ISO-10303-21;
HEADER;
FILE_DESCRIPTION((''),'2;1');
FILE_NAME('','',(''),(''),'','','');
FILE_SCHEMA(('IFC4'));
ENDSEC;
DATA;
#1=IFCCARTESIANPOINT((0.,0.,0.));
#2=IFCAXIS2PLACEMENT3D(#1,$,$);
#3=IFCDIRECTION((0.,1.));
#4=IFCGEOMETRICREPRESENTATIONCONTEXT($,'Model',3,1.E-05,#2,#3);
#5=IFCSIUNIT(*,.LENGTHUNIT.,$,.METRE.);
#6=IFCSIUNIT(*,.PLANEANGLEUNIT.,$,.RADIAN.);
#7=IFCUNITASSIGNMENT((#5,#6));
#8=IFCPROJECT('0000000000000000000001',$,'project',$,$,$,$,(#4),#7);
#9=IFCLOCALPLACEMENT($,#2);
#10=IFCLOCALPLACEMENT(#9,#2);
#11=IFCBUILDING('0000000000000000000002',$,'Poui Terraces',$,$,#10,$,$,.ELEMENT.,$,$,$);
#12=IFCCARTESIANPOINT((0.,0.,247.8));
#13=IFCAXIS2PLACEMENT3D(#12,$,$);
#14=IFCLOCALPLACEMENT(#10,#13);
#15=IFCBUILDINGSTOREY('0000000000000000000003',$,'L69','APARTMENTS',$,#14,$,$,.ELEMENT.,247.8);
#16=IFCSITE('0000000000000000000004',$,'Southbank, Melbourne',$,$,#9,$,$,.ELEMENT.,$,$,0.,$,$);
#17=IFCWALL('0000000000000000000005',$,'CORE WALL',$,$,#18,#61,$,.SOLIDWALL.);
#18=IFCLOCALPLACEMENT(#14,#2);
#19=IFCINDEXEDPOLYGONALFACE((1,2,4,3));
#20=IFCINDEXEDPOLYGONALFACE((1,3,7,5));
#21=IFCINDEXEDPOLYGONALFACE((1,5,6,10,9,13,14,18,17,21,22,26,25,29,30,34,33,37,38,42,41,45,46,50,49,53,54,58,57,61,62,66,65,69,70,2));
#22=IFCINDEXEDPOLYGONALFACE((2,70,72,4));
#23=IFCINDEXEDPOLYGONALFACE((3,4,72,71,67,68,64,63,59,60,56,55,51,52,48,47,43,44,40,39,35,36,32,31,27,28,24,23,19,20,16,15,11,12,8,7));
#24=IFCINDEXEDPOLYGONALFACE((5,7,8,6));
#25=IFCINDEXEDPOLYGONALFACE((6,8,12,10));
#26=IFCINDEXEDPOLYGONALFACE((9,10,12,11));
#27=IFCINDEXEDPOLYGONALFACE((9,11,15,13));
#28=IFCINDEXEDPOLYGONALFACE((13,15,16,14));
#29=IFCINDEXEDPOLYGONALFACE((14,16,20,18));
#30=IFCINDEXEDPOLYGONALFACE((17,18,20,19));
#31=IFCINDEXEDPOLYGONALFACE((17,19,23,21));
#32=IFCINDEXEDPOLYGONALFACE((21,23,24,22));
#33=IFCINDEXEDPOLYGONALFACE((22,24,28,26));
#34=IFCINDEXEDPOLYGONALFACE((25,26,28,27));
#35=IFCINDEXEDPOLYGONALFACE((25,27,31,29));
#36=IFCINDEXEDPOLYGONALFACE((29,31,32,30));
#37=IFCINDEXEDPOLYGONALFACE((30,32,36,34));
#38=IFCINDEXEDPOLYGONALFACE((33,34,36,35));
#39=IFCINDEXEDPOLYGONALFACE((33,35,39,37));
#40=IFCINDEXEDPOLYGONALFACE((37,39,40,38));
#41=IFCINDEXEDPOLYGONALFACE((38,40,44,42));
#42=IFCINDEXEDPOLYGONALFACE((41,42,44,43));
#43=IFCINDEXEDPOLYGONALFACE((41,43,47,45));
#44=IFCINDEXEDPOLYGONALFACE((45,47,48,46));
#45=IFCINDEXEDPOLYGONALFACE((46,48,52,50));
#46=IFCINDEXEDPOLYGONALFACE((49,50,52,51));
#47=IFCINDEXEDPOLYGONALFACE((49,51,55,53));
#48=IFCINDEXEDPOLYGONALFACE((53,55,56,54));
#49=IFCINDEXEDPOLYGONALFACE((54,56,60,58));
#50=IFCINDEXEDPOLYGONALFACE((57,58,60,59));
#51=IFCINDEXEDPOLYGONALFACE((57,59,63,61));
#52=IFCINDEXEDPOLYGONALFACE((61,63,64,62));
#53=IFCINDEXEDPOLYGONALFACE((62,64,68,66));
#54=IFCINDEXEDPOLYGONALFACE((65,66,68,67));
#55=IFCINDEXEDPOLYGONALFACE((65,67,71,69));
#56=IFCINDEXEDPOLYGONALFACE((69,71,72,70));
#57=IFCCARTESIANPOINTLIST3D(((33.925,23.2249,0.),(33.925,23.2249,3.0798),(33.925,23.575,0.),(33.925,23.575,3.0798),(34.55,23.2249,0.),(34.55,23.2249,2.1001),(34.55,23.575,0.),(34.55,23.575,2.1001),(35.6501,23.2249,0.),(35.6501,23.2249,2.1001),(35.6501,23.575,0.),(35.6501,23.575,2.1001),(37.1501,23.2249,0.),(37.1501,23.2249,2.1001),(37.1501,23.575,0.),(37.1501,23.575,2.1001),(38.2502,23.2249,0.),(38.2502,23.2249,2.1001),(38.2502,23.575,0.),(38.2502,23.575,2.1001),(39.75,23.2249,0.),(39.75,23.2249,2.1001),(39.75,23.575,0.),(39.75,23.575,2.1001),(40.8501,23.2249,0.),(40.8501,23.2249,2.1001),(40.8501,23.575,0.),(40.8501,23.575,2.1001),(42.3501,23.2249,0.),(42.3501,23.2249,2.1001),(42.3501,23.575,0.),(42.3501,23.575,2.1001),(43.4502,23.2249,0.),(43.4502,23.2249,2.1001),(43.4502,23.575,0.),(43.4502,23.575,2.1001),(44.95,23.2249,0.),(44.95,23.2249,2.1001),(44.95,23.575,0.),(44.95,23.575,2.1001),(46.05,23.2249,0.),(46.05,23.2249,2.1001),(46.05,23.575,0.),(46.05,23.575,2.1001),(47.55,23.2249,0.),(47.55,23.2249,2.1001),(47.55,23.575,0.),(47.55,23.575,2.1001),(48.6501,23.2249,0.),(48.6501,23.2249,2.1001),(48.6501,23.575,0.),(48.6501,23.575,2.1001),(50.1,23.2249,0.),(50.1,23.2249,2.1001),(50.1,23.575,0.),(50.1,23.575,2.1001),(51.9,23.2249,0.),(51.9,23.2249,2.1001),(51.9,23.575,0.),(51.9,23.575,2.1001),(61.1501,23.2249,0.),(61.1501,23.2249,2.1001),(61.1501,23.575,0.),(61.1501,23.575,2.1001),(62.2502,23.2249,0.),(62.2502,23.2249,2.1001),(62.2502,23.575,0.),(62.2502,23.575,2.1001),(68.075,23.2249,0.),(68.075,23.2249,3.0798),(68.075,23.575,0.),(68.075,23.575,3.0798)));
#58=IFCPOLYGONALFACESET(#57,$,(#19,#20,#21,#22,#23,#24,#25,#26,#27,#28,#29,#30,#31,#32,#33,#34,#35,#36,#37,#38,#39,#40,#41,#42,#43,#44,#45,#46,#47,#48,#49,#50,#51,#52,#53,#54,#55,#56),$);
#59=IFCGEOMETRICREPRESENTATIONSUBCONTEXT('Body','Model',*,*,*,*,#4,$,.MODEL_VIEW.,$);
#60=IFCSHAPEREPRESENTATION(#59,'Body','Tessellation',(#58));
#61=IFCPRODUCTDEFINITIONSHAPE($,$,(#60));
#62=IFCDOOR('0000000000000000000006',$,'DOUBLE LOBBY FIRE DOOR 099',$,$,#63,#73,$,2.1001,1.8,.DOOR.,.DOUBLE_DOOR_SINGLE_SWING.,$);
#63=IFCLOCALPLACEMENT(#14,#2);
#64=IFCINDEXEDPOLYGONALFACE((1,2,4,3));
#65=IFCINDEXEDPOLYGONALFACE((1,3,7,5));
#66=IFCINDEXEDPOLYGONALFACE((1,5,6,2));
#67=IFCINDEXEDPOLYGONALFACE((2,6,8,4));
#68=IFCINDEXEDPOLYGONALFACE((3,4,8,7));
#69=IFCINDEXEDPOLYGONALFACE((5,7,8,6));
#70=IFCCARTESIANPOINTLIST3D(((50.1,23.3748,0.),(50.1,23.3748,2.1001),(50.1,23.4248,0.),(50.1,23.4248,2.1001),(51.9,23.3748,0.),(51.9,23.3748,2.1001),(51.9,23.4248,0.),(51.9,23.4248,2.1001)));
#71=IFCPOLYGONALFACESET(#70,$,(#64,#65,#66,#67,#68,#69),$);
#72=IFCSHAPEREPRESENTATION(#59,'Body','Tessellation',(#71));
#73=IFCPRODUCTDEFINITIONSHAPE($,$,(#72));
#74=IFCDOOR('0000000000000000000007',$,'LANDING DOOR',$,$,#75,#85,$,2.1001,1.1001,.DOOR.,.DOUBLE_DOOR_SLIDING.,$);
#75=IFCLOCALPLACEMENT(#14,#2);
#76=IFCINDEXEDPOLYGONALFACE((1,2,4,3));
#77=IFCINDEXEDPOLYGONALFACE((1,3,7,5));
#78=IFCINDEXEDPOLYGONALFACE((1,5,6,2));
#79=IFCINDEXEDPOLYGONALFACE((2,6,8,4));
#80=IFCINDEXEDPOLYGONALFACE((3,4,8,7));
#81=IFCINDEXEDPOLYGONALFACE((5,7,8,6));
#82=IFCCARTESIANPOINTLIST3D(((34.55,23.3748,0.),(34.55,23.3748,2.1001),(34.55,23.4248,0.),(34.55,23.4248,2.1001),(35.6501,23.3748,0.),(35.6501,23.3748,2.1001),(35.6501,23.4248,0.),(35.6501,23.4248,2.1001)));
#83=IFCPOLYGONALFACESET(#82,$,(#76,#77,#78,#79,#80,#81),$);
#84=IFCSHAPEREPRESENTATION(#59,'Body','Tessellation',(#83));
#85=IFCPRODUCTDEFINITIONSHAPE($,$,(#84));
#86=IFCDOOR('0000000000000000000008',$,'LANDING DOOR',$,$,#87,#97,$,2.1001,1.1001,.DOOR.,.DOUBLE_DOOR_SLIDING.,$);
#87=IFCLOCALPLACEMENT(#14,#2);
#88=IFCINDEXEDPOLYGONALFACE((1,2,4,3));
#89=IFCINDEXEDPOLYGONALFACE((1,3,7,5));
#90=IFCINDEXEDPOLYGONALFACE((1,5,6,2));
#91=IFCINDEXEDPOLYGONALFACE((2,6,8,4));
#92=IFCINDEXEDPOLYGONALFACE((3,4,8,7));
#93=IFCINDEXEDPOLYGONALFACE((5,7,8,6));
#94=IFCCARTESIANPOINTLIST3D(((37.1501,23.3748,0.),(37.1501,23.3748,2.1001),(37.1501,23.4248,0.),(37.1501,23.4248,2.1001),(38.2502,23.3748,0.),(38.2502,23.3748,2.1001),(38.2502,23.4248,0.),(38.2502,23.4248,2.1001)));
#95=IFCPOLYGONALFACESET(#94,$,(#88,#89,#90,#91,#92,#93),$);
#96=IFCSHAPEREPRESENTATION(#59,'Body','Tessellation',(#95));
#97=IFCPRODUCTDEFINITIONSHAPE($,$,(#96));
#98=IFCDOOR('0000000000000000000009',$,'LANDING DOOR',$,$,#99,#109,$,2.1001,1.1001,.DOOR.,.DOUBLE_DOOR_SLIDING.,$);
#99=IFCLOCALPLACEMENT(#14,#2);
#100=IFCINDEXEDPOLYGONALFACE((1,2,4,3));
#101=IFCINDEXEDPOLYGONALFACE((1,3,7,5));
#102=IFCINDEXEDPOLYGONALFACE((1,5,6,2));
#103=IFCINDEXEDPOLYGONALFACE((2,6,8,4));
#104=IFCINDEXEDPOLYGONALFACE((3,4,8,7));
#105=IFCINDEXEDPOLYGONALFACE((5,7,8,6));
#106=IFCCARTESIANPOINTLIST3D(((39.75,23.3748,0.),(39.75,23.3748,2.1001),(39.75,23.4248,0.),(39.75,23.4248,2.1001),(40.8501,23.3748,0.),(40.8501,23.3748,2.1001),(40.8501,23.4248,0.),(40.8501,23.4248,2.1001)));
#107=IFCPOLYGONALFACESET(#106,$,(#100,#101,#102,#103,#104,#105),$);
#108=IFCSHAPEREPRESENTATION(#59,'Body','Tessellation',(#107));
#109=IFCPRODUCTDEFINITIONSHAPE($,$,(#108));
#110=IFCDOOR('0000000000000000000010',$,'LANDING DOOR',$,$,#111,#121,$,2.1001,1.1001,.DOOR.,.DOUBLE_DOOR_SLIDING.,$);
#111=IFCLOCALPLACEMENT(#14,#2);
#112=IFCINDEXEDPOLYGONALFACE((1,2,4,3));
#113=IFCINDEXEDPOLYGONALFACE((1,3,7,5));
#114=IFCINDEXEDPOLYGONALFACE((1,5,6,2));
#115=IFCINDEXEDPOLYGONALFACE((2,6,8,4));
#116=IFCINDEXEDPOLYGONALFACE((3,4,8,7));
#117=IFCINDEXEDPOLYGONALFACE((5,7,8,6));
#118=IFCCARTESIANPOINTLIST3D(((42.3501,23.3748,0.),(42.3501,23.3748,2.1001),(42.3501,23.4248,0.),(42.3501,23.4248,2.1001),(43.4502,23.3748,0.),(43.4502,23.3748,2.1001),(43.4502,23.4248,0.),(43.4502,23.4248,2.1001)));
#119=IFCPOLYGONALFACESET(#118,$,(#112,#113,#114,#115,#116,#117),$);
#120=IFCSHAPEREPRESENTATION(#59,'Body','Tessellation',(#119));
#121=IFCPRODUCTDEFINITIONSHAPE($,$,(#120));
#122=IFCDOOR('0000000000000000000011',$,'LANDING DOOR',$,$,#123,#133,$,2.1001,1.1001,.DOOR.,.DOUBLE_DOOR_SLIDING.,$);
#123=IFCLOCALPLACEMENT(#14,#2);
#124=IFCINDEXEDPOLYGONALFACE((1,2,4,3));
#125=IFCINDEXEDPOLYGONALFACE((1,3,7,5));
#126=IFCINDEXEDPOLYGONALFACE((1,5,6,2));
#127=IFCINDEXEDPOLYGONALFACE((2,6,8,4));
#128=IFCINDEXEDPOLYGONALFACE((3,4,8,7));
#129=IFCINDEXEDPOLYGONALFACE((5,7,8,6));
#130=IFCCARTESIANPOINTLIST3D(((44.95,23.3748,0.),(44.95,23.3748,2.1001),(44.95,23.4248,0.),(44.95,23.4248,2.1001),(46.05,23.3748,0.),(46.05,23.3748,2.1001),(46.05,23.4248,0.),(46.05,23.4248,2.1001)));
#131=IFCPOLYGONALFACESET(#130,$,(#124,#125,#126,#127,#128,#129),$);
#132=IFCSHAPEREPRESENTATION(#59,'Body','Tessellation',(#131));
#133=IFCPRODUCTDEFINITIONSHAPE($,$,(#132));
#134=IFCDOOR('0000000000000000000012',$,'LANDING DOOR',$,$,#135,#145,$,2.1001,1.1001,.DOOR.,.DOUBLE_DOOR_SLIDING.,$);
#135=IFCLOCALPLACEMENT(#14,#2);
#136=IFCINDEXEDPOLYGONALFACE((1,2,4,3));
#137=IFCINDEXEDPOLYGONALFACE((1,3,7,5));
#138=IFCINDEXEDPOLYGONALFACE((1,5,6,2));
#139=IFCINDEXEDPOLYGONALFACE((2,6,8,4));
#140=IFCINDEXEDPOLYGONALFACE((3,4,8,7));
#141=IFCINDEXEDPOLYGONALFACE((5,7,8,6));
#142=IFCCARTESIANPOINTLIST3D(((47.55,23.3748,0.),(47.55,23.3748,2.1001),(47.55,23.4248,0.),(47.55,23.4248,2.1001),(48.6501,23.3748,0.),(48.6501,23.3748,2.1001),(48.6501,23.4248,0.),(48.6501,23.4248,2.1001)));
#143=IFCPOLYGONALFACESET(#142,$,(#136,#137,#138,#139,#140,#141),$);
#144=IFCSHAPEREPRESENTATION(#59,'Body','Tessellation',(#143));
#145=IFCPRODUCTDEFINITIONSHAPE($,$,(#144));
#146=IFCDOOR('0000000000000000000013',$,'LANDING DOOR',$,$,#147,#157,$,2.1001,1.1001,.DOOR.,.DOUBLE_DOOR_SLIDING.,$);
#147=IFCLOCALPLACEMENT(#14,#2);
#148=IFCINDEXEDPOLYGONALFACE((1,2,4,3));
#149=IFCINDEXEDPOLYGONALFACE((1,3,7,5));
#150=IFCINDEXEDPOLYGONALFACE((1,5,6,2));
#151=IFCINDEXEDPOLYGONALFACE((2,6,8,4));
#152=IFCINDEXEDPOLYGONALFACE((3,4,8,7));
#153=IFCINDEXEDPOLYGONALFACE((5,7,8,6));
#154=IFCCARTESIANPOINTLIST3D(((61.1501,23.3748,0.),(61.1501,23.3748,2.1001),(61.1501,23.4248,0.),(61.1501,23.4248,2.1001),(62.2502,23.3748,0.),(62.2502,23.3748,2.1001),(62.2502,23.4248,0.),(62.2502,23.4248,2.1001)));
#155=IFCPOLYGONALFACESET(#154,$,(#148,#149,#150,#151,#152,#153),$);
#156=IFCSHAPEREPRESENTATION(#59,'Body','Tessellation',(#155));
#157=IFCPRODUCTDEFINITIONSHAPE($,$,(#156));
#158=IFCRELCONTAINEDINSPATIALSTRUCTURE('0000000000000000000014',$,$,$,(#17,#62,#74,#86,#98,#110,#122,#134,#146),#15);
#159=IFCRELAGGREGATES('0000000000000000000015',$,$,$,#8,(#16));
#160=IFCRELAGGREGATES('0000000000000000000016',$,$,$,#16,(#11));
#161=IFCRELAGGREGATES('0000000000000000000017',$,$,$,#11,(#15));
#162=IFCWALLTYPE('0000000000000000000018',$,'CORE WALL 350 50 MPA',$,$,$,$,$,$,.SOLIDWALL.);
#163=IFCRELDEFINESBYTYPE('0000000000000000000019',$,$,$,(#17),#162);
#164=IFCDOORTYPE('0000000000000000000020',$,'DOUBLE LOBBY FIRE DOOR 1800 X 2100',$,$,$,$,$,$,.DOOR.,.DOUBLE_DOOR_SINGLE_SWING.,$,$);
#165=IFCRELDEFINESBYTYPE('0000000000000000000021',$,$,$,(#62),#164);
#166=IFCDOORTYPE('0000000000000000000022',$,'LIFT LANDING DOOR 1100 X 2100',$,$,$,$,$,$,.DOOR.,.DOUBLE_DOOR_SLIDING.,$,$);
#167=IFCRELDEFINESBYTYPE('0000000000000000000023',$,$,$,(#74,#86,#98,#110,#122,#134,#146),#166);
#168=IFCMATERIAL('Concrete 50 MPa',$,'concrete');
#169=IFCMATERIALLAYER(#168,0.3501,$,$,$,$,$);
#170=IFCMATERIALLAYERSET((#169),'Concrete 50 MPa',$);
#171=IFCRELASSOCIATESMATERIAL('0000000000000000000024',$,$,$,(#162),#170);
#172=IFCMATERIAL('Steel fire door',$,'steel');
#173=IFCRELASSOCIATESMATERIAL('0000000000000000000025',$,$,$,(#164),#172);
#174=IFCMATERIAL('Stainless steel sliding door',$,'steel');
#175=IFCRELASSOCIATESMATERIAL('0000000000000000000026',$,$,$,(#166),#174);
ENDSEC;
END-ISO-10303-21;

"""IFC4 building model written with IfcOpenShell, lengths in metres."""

from ifc_helpers import new_model, si_unit, direction, frame, frame_2d, origin, place, context, subcontext, project, spatial, rectangle, extrude, material, layer, layer_set, type_object, element, fill, save


model = new_model("IFC4")

# Units and contexts
model_context = context("Model", 3, precision=1e-05, world=origin(), true_north=direction((0.0, 1.0)))
body_context = subcontext(model_context, "Body", "Model", "MODEL_VIEW")
ifc_project = project(units=[si_unit("LENGTHUNIT", "METRE"), si_unit("PLANEANGLEUNIT", "RADIAN")], contexts=[model_context])

# Site, building, storey
site_placement = place(None, origin())
site = spatial("IfcSite", under=ifc_project, at=site_placement, Name="Southbank, Melbourne", CompositionType="ELEMENT", RefElevation=0.0)
building_placement = place(site_placement, origin())
building = spatial("IfcBuilding", under=site, at=building_placement, Name="Poui Terraces", CompositionType="ELEMENT")
storey_placement = place(building_placement, frame((0.0, 0.0, 247.8)))
storey = spatial("IfcBuildingStorey", under=building, at=storey_placement, Name="L69", Description="APARTMENTS", CompositionType="ELEMENT", Elevation=247.8)

# Shared definitions
ifc_material_1 = material(Name="Concrete 50 MPa", Category="concrete")

# Wall, openings, doors
ifc_layer_1 = layer(ifc_material_1, 0.3501)
ifc_layer_set_1 = layer_set([ifc_layer_1], Name="Concrete 50 MPa")
wall_type_1 = type_object("IfcWallType", Name="CORE WALL 350 50 MPA", PredefinedType="SOLIDWALL", material=ifc_layer_set_1)
wall_1_placement = place(storey_placement, frame((33.925, 23.3999, 0.0), z_axis=(0.0, 0.0, 1.0), x_axis=(1.0, 0.0, 0.0)))
wall_1 = element("IfcWall", 1, at=wall_1_placement, inside=storey, type_object=wall_type_1, Name="CORE WALL", PredefinedType="SOLIDWALL", context=body_context, shape_type="SweptSolid", body=[
    extrude(rectangle(XDim=34.1499, YDim=0.3501, at=frame_2d((17.075, 0.0))), origin(), (0.0, 0.0, 1.0), 3.0798),
])
opening_1_placement = place(wall_1_placement, frame((16.175, 0.0, 0.0)))
opening_1 = element("IfcOpeningElement", 2, at=opening_1_placement, cuts=wall_1, PredefinedType="OPENING", context=body_context, shape_type="SweptSolid", body=[
    extrude(rectangle(XDim=1.8, YDim=2.1001, at=frame_2d((0.8999, 1.05))), frame((0.0, 0.1851, 0.0), z_axis=(0.0, -1.0, 0.0), x_axis=(1.0, 0.0, 0.0)), (0.0, 0.0, 1.0), 0.3701),
])
opening_2_placement = place(wall_1_placement, frame((0.625, 0.0, 0.0)))
opening_2 = element("IfcOpeningElement", 3, at=opening_2_placement, cuts=wall_1, PredefinedType="OPENING", context=body_context, shape_type="SweptSolid", body=[
    extrude(rectangle(XDim=1.1001, YDim=2.1001, at=frame_2d((0.55, 1.05))), frame((0.0, 0.1851, 0.0), z_axis=(0.0, -1.0, 0.0), x_axis=(1.0, 0.0, 0.0)), (0.0, 0.0, 1.0), 0.3701),
])
opening_3_placement = place(wall_1_placement, frame((3.2251, 0.0, 0.0)))
opening_3 = element("IfcOpeningElement", 4, at=opening_3_placement, cuts=wall_1, PredefinedType="OPENING", context=body_context, shape_type="SweptSolid", body=[
    extrude(rectangle(XDim=1.1001, YDim=2.1001, at=frame_2d((0.55, 1.05))), frame((0.0, 0.1851, 0.0), z_axis=(0.0, -1.0, 0.0), x_axis=(1.0, 0.0, 0.0)), (0.0, 0.0, 1.0), 0.3701),
])
opening_4_placement = place(wall_1_placement, frame((5.825, 0.0, 0.0)))
opening_4 = element("IfcOpeningElement", 5, at=opening_4_placement, cuts=wall_1, PredefinedType="OPENING", context=body_context, shape_type="SweptSolid", body=[
    extrude(rectangle(XDim=1.1001, YDim=2.1001, at=frame_2d((0.55, 1.05))), frame((0.0, 0.1851, 0.0), z_axis=(0.0, -1.0, 0.0), x_axis=(1.0, 0.0, 0.0)), (0.0, 0.0, 1.0), 0.3701),
])
opening_5_placement = place(wall_1_placement, frame((8.425, 0.0, 0.0)))
opening_5 = element("IfcOpeningElement", 6, at=opening_5_placement, cuts=wall_1, PredefinedType="OPENING", context=body_context, shape_type="SweptSolid", body=[
    extrude(rectangle(XDim=1.1001, YDim=2.1001, at=frame_2d((0.55, 1.05))), frame((0.0, 0.1851, 0.0), z_axis=(0.0, -1.0, 0.0), x_axis=(1.0, 0.0, 0.0)), (0.0, 0.0, 1.0), 0.3701),
])
opening_6_placement = place(wall_1_placement, frame((11.0249, 0.0, 0.0)))
opening_6 = element("IfcOpeningElement", 7, at=opening_6_placement, cuts=wall_1, PredefinedType="OPENING", context=body_context, shape_type="SweptSolid", body=[
    extrude(rectangle(XDim=1.1001, YDim=2.1001, at=frame_2d((0.55, 1.05))), frame((0.0, 0.1851, 0.0), z_axis=(0.0, -1.0, 0.0), x_axis=(1.0, 0.0, 0.0)), (0.0, 0.0, 1.0), 0.3701),
])
opening_7_placement = place(wall_1_placement, frame((13.625, 0.0, 0.0)))
opening_7 = element("IfcOpeningElement", 8, at=opening_7_placement, cuts=wall_1, PredefinedType="OPENING", context=body_context, shape_type="SweptSolid", body=[
    extrude(rectangle(XDim=1.1001, YDim=2.1001, at=frame_2d((0.55, 1.05))), frame((0.0, 0.1851, 0.0), z_axis=(0.0, -1.0, 0.0), x_axis=(1.0, 0.0, 0.0)), (0.0, 0.0, 1.0), 0.3701),
])
opening_8_placement = place(wall_1_placement, frame((27.2251, 0.0, 0.0)))
opening_8 = element("IfcOpeningElement", 9, at=opening_8_placement, cuts=wall_1, PredefinedType="OPENING", context=body_context, shape_type="SweptSolid", body=[
    extrude(rectangle(XDim=1.1001, YDim=2.1001, at=frame_2d((0.55, 1.05))), frame((0.0, 0.1851, 0.0), z_axis=(0.0, -1.0, 0.0), x_axis=(1.0, 0.0, 0.0)), (0.0, 0.0, 1.0), 0.3701),
])
ifc_material_2 = material(Name="Steel fire door", Category="steel")
door_type_1 = type_object("IfcDoorType", Name="DOUBLE LOBBY FIRE DOOR 1800 X 2100", OperationType="DOUBLE_DOOR_SINGLE_SWING", PredefinedType="DOOR", material=ifc_material_2)
door_1_placement = place(opening_1_placement, origin())
door_1 = element("IfcDoor", 10, at=door_1_placement, inside=storey, type_object=door_type_1, Name="DOUBLE LOBBY FIRE DOOR 099", OperationType="DOUBLE_DOOR_SINGLE_SWING", OverallHeight=2.1001, OverallWidth=1.8, PredefinedType="DOOR", context=body_context, shape_type="SweptSolid", body=[
    extrude(rectangle(XDim=1.8, YDim=2.1001, at=frame_2d((0.8999, 1.05))), frame((0.0, 0.0249, 0.0), z_axis=(0.0, -1.0, 0.0), x_axis=(1.0, 0.0, 0.0)), (0.0, 0.0, 1.0), 0.05),
])
fill(opening_1, door_1)
ifc_material_3 = material(Name="Stainless steel sliding door", Category="steel")
door_type_2 = type_object("IfcDoorType", Name="LIFT LANDING DOOR 1100 X 2100", OperationType="DOUBLE_DOOR_SLIDING", PredefinedType="DOOR", material=ifc_material_3)
door_2_placement = place(opening_2_placement, origin())
door_2 = element("IfcDoor", 11, at=door_2_placement, inside=storey, type_object=door_type_2, Name="LANDING DOOR", OperationType="DOUBLE_DOOR_SLIDING", OverallHeight=2.1001, OverallWidth=1.1001, PredefinedType="DOOR", context=body_context, shape_type="SweptSolid", body=[
    extrude(rectangle(XDim=1.1001, YDim=2.1001, at=frame_2d((0.55, 1.05))), frame((0.0, 0.0249, 0.0), z_axis=(0.0, -1.0, 0.0), x_axis=(1.0, 0.0, 0.0)), (0.0, 0.0, 1.0), 0.05),
])
fill(opening_2, door_2)
door_3_placement = place(opening_3_placement, origin())
door_3 = element("IfcDoor", 12, at=door_3_placement, inside=storey, type_object=door_type_2, Name="LANDING DOOR", OperationType="DOUBLE_DOOR_SLIDING", OverallHeight=2.1001, OverallWidth=1.1001, PredefinedType="DOOR", context=body_context, shape_type="SweptSolid", body=[
    extrude(rectangle(XDim=1.1001, YDim=2.1001, at=frame_2d((0.55, 1.05))), frame((0.0, 0.0249, 0.0), z_axis=(0.0, -1.0, 0.0), x_axis=(1.0, 0.0, 0.0)), (0.0, 0.0, 1.0), 0.05),
])
fill(opening_3, door_3)
door_4_placement = place(opening_4_placement, origin())
door_4 = element("IfcDoor", 13, at=door_4_placement, inside=storey, type_object=door_type_2, Name="LANDING DOOR", OperationType="DOUBLE_DOOR_SLIDING", OverallHeight=2.1001, OverallWidth=1.1001, PredefinedType="DOOR", context=body_context, shape_type="SweptSolid", body=[
    extrude(rectangle(XDim=1.1001, YDim=2.1001, at=frame_2d((0.55, 1.05))), frame((0.0, 0.0249, 0.0), z_axis=(0.0, -1.0, 0.0), x_axis=(1.0, 0.0, 0.0)), (0.0, 0.0, 1.0), 0.05),
])
fill(opening_4, door_4)
door_5_placement = place(opening_5_placement, origin())
door_5 = element("IfcDoor", 14, at=door_5_placement, inside=storey, type_object=door_type_2, Name="LANDING DOOR", OperationType="DOUBLE_DOOR_SLIDING", OverallHeight=2.1001, OverallWidth=1.1001, PredefinedType="DOOR", context=body_context, shape_type="SweptSolid", body=[
    extrude(rectangle(XDim=1.1001, YDim=2.1001, at=frame_2d((0.55, 1.05))), frame((0.0, 0.0249, 0.0), z_axis=(0.0, -1.0, 0.0), x_axis=(1.0, 0.0, 0.0)), (0.0, 0.0, 1.0), 0.05),
])
fill(opening_5, door_5)
door_6_placement = place(opening_6_placement, origin())
door_6 = element("IfcDoor", 15, at=door_6_placement, inside=storey, type_object=door_type_2, Name="LANDING DOOR", OperationType="DOUBLE_DOOR_SLIDING", OverallHeight=2.1001, OverallWidth=1.1001, PredefinedType="DOOR", context=body_context, shape_type="SweptSolid", body=[
    extrude(rectangle(XDim=1.1001, YDim=2.1001, at=frame_2d((0.55, 1.05))), frame((0.0, 0.0249, 0.0), z_axis=(0.0, -1.0, 0.0), x_axis=(1.0, 0.0, 0.0)), (0.0, 0.0, 1.0), 0.05),
])
fill(opening_6, door_6)
door_7_placement = place(opening_7_placement, origin())
door_7 = element("IfcDoor", 16, at=door_7_placement, inside=storey, type_object=door_type_2, Name="LANDING DOOR", OperationType="DOUBLE_DOOR_SLIDING", OverallHeight=2.1001, OverallWidth=1.1001, PredefinedType="DOOR", context=body_context, shape_type="SweptSolid", body=[
    extrude(rectangle(XDim=1.1001, YDim=2.1001, at=frame_2d((0.55, 1.05))), frame((0.0, 0.0249, 0.0), z_axis=(0.0, -1.0, 0.0), x_axis=(1.0, 0.0, 0.0)), (0.0, 0.0, 1.0), 0.05),
])
fill(opening_7, door_7)
door_8_placement = place(opening_8_placement, origin())
door_8 = element("IfcDoor", 17, at=door_8_placement, inside=storey, type_object=door_type_2, Name="LANDING DOOR", OperationType="DOUBLE_DOOR_SLIDING", OverallHeight=2.1001, OverallWidth=1.1001, PredefinedType="DOOR", context=body_context, shape_type="SweptSolid", body=[
    extrude(rectangle(XDim=1.1001, YDim=2.1001, at=frame_2d((0.55, 1.05))), frame((0.0, 0.0249, 0.0), z_axis=(0.0, -1.0, 0.0), x_axis=(1.0, 0.0, 0.0)), (0.0, 0.0, 1.0), 0.05),
])
fill(opening_8, door_8)

save(model, "model.ifc")
